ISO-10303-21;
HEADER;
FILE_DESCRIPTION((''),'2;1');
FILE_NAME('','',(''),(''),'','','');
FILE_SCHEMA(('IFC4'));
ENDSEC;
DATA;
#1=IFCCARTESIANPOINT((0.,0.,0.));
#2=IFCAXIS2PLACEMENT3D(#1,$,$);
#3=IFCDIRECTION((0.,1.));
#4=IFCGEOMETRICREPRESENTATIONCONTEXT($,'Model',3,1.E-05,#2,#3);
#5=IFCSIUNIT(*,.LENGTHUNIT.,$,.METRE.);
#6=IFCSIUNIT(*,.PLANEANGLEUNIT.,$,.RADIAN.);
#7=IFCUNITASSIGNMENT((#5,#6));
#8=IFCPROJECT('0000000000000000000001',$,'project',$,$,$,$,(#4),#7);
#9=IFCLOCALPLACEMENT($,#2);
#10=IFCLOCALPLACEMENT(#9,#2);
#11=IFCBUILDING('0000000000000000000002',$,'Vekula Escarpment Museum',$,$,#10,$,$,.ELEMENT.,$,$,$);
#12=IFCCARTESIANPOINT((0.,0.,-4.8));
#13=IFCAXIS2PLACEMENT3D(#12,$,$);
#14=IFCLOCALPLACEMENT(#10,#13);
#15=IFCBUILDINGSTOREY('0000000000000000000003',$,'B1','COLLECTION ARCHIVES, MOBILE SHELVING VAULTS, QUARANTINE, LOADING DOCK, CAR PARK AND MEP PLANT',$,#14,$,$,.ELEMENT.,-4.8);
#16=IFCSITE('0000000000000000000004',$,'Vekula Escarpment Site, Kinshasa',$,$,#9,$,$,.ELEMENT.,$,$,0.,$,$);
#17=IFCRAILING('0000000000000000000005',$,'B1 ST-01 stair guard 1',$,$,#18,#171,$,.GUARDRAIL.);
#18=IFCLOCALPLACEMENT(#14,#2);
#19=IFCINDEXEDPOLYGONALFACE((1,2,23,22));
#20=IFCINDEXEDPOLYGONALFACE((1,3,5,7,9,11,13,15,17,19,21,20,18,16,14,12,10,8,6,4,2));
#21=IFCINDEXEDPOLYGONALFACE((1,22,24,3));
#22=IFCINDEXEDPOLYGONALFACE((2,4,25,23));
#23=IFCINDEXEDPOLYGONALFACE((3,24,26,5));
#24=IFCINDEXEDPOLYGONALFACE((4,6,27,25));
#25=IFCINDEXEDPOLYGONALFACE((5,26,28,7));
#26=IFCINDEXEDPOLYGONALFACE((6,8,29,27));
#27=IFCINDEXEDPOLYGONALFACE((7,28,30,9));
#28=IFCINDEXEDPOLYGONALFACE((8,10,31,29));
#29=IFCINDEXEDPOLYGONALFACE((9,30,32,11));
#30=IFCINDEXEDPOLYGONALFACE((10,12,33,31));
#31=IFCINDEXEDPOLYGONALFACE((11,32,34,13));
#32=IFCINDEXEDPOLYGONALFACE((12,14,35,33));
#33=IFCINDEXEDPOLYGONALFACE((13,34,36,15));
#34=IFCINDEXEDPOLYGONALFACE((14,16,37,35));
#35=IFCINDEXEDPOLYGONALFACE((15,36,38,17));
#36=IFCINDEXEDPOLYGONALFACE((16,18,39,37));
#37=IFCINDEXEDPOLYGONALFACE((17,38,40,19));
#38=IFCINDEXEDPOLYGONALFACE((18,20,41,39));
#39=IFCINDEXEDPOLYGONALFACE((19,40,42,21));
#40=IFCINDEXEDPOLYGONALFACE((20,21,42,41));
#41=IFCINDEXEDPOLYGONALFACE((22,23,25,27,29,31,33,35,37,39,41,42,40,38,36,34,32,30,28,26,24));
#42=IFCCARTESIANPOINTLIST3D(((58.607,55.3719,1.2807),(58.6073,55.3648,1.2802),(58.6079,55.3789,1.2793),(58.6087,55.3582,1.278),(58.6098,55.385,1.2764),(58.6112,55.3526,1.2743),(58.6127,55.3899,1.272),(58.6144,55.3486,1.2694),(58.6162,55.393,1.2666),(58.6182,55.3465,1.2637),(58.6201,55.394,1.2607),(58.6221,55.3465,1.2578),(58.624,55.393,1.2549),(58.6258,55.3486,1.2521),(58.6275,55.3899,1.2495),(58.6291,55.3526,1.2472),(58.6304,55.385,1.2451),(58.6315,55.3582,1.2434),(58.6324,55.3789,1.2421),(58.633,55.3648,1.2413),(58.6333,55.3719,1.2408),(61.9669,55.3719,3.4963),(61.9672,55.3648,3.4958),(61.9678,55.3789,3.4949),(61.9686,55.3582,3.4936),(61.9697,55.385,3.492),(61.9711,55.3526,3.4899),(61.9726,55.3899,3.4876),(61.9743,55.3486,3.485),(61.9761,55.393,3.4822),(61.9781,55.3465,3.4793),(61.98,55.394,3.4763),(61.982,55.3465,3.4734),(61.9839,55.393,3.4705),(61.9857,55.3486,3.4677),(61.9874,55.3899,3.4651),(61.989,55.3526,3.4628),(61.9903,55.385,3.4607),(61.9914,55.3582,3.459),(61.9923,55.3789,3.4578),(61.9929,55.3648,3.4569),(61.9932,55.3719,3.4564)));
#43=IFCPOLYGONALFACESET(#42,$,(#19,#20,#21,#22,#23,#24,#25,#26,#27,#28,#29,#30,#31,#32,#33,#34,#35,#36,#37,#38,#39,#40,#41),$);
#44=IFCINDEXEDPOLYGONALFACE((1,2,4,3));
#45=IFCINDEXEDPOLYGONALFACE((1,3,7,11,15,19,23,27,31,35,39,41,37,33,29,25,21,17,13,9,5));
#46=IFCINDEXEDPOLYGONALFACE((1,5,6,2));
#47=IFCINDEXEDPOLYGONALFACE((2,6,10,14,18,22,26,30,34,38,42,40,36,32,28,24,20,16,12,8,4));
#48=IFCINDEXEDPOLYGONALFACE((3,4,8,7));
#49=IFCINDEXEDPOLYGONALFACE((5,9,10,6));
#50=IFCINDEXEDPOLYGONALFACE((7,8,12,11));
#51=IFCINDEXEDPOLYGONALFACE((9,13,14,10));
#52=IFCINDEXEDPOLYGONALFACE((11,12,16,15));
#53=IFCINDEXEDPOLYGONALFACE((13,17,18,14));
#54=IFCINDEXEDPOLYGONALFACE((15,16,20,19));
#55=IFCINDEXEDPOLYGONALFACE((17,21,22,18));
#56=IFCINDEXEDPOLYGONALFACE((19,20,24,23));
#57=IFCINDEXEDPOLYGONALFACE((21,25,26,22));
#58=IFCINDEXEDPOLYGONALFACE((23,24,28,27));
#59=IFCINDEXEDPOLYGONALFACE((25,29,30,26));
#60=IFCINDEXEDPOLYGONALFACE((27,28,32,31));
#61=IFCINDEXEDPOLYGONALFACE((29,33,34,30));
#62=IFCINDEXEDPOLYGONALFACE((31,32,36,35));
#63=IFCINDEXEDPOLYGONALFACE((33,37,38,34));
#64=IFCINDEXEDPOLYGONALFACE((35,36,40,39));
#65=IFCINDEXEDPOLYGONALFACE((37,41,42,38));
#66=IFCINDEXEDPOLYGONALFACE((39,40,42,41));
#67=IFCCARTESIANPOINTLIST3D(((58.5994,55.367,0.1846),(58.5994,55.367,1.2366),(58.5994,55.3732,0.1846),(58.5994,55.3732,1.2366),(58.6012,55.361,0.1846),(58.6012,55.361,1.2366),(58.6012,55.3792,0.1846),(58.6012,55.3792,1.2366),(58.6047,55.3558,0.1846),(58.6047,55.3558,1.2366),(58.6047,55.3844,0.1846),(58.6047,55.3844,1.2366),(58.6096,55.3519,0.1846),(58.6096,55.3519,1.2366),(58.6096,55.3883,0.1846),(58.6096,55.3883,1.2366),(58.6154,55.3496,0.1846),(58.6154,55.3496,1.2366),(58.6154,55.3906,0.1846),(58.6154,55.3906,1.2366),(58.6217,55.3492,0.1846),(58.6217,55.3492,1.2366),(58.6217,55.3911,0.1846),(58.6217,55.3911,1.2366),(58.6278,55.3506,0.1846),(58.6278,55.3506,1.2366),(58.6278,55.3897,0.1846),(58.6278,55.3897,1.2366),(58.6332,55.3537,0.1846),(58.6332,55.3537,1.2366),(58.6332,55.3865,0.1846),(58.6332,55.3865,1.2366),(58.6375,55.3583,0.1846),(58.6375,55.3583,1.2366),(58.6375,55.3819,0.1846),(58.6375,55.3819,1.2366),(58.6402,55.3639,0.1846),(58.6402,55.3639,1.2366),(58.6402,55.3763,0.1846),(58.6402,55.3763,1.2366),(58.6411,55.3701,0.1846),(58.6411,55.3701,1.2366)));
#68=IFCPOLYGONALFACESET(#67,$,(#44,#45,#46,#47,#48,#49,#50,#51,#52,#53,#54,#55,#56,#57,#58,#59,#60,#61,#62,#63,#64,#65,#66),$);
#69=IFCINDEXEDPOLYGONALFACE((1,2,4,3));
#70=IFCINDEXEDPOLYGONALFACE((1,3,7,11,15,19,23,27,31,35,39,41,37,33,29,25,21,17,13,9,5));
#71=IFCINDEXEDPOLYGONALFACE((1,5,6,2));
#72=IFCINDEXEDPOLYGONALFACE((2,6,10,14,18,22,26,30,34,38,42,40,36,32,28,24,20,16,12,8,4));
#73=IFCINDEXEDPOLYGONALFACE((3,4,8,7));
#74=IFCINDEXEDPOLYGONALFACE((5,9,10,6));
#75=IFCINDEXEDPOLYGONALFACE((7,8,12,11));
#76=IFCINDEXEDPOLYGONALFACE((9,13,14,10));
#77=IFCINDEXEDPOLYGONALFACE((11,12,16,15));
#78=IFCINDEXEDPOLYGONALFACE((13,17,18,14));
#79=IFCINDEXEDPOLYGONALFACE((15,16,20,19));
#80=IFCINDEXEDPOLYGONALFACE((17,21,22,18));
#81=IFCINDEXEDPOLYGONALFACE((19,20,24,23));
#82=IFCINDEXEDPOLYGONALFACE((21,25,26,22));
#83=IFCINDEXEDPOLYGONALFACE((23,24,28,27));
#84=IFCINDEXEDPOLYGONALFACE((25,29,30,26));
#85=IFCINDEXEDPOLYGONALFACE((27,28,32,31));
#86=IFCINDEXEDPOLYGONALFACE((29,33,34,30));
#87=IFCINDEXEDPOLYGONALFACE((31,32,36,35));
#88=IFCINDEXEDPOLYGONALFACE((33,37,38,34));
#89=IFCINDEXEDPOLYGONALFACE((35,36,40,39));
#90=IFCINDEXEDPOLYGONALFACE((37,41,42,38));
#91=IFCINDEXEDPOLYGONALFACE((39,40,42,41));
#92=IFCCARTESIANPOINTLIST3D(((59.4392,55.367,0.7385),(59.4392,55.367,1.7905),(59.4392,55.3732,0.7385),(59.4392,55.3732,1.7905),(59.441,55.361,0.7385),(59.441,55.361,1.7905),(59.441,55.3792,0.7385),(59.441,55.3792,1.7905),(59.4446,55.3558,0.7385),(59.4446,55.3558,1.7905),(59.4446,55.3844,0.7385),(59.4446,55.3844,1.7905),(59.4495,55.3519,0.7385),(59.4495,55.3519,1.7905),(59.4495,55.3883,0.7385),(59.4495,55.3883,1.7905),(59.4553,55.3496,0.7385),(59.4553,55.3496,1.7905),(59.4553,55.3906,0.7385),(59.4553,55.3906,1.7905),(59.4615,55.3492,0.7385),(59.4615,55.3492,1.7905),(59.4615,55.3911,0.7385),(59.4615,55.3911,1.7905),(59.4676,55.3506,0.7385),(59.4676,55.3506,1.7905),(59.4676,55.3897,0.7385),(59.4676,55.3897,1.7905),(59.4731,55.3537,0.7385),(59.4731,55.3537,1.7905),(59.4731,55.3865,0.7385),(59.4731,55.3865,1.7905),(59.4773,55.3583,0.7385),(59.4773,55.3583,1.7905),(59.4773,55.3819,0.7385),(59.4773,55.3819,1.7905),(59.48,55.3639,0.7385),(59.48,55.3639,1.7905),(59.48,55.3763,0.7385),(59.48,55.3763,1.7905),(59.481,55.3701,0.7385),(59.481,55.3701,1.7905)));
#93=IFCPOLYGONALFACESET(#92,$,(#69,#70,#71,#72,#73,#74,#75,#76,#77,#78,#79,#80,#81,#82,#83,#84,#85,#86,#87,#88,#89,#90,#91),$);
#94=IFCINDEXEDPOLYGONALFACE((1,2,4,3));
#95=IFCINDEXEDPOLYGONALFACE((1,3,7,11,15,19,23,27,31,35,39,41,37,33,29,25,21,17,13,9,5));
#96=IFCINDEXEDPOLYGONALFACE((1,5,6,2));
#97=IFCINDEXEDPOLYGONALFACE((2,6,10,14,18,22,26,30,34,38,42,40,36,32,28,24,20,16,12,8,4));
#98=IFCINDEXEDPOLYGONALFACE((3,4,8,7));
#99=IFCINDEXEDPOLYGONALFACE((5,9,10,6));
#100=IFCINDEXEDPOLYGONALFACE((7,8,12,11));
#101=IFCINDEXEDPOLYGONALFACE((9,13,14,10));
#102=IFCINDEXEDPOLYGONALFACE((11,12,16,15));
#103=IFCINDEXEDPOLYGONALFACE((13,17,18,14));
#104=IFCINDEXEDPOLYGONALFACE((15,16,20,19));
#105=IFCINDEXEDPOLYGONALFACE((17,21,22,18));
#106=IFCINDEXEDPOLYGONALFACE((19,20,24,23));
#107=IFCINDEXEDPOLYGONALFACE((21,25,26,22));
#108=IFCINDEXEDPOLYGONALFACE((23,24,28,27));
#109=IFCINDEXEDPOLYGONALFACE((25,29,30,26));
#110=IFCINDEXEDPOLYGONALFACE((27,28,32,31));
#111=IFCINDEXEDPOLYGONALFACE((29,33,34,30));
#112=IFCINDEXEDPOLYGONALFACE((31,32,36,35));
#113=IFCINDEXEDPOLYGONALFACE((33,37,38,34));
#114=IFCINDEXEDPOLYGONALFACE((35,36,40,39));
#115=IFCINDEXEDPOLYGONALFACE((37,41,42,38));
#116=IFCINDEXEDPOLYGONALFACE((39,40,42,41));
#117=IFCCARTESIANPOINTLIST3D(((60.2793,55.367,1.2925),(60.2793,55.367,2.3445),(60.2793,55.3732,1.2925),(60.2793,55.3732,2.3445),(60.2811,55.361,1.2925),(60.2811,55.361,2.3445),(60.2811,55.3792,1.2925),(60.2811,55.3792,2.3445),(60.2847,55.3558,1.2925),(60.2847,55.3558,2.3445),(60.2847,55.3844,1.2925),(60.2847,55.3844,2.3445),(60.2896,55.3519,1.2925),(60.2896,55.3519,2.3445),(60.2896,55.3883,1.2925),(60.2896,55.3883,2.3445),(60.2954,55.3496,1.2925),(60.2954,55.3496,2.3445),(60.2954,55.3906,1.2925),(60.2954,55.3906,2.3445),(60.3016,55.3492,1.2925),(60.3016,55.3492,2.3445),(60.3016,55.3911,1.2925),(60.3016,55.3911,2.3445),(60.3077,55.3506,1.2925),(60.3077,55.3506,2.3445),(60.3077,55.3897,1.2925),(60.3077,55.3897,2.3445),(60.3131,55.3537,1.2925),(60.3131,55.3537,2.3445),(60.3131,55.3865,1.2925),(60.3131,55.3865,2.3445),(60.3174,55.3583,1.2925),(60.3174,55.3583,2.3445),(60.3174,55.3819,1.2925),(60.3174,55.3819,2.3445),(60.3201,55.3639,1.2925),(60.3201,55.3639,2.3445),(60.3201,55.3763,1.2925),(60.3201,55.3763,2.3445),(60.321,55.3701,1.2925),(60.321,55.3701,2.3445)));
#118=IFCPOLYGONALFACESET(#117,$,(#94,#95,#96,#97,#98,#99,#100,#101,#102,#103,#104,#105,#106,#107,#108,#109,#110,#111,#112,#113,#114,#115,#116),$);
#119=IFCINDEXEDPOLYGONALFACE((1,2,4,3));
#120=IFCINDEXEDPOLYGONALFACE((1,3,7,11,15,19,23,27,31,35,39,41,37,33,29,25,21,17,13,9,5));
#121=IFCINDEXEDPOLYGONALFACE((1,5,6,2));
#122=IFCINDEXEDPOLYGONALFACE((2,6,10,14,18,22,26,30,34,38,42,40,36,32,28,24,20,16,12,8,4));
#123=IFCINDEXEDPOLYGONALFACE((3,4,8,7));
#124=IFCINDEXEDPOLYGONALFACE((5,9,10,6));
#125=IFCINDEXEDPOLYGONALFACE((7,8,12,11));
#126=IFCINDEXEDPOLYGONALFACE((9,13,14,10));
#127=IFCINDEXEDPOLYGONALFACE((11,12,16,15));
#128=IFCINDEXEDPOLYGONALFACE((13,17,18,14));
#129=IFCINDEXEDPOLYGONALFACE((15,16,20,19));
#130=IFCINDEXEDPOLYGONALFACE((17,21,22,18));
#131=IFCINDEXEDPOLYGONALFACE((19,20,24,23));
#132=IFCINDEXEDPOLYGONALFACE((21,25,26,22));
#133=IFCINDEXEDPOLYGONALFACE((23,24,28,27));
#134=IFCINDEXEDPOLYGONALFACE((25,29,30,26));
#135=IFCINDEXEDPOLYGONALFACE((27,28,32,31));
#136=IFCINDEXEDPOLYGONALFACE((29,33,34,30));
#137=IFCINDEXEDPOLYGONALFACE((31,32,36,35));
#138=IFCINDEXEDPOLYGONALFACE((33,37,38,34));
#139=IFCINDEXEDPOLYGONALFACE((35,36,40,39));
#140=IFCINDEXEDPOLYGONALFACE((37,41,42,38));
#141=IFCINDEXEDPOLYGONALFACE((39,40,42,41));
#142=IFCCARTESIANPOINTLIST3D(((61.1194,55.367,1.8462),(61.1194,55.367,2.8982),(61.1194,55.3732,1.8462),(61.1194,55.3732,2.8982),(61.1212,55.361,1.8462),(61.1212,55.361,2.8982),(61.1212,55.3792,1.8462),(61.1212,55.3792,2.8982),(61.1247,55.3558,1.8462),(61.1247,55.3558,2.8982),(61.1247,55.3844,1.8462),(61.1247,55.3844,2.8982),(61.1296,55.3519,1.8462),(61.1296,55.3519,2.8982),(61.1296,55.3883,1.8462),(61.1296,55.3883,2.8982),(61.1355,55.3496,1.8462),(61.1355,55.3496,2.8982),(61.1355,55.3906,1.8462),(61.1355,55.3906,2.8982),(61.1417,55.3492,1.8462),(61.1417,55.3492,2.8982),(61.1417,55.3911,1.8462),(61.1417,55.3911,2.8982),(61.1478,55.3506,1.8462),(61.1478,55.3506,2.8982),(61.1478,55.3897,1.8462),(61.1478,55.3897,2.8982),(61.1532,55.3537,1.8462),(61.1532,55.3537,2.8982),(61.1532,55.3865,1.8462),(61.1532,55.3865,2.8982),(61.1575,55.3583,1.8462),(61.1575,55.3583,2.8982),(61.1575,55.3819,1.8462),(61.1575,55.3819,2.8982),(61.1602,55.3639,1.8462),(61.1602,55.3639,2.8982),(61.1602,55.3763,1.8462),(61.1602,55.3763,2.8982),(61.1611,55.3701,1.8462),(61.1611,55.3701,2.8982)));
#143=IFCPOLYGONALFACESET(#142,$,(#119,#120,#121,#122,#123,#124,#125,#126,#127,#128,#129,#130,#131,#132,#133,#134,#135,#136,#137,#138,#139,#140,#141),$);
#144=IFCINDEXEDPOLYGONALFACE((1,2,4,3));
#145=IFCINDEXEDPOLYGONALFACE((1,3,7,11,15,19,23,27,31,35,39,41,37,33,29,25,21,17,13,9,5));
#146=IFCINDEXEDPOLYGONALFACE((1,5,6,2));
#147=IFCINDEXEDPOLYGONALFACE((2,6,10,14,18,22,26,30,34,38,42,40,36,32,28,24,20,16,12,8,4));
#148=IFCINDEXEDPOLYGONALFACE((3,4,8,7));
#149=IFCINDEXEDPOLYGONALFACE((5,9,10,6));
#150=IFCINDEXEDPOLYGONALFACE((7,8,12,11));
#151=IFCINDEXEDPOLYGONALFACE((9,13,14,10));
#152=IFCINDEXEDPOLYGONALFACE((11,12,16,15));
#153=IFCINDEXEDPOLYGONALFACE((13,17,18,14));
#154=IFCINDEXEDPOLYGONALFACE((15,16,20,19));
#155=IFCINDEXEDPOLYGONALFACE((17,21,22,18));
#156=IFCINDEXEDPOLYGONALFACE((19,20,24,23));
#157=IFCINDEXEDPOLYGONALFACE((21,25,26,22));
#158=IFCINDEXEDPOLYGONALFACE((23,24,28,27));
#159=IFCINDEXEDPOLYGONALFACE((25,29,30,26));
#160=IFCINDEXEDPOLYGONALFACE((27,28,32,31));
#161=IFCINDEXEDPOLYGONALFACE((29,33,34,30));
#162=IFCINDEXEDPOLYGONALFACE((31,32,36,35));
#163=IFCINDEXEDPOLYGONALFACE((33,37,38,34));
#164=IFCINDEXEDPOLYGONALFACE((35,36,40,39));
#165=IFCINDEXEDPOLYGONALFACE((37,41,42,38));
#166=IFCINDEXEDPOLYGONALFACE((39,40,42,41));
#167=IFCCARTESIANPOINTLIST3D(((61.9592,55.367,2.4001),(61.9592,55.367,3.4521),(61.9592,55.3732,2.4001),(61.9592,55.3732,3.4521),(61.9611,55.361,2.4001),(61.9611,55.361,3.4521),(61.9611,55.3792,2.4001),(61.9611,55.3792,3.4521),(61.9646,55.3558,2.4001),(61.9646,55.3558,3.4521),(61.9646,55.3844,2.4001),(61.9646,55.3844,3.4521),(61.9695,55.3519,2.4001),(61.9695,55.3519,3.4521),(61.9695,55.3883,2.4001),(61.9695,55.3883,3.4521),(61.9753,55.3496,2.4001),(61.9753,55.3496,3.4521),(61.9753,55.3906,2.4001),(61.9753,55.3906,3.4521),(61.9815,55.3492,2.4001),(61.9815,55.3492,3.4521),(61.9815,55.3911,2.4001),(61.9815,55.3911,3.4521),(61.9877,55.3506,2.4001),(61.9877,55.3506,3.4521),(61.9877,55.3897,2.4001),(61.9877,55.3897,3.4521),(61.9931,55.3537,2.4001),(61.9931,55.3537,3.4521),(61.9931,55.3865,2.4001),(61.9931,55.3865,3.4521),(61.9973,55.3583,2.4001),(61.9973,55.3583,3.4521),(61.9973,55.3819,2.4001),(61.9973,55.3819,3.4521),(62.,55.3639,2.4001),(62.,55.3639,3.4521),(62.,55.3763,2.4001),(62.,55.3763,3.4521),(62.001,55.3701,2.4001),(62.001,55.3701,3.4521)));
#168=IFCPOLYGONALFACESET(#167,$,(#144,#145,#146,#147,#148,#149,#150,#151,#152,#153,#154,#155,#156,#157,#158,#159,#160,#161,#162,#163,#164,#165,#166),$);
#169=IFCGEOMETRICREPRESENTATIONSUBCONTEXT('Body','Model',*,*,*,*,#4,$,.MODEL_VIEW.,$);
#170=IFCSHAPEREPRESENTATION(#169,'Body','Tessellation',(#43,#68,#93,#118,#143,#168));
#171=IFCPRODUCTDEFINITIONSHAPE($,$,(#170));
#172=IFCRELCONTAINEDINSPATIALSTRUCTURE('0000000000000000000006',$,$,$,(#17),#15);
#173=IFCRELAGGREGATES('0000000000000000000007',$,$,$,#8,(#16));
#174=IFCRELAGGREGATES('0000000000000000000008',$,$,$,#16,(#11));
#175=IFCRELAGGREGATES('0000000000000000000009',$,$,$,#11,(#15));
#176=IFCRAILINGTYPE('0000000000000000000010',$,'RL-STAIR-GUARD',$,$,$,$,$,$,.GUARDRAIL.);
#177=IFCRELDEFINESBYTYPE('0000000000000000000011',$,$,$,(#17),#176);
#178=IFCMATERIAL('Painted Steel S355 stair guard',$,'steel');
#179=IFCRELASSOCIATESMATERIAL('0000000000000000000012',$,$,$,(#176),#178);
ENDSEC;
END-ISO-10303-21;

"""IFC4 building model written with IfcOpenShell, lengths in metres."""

from ifc_helpers import new_model, si_unit, direction, frame, origin, origin_2d, place, context, subcontext, project, spatial, circle, extrude, material, type_object, element, save


model = new_model("IFC4")

# Units and contexts
model_context = context("Model", 3, precision=1e-05, world=origin(), true_north=direction((0.0, 1.0)))
body_context = subcontext(model_context, "Body", "Model", "MODEL_VIEW")
ifc_project = project(units=[si_unit("LENGTHUNIT", "METRE"), si_unit("PLANEANGLEUNIT", "RADIAN")], contexts=[model_context])

# Site, building, storey
site_placement = place(None, origin())
site = spatial("IfcSite", under=ifc_project, at=site_placement, Name="Vekula Escarpment Site, Kinshasa", CompositionType="ELEMENT", RefElevation=0.0)
building_placement = place(site_placement, origin())
building = spatial("IfcBuilding", under=site, at=building_placement, Name="Vekula Escarpment Museum", CompositionType="ELEMENT")
storey_placement = place(building_placement, frame((0.0, 0.0, -4.8)))
storey = spatial("IfcBuildingStorey", under=building, at=storey_placement, Name="B1", Description="COLLECTION ARCHIVES, MOBILE SHELVING VAULTS, QUARANTINE, LOADING DOCK, CAR PARK AND MEP PLANT", CompositionType="ELEMENT", Elevation=-4.8)

# Railing
ifc_material_1 = material(Name="Painted Steel S355 stair guard", Category="steel")
railing_type_1 = type_object("IfcRailingType", Name="RL-STAIR-GUARD", PredefinedType="GUARDRAIL", material=ifc_material_1)
railing_1_placement = place(storey_placement, frame((58.6201, 55.3701, 0.1846)))
element("IfcRailing", 1, at=railing_1_placement, inside=storey, type_object=railing_type_1, Name="B1 ST-01 stair guard 1", PredefinedType="GUARDRAIL", context=body_context, shape_type="SweptSolid", body=[
    extrude(circle(Radius=0.0239, at=origin_2d()), frame((0.0, 0.0, 1.0762), z_axis=(0.83483, 0.0, 0.550508), x_axis=(0.0, 1.0, 0.0)), (0.0, 0.0, 1.0), 4.0247),
    extrude(circle(Radius=0.021, at=origin_2d()), origin(), (0.0, 0.0, 1.0), 1.052),
    extrude(circle(Radius=0.021, at=origin_2d()), frame((0.8398, 0.0, 0.554)), (0.0, 0.0, 1.0), 1.052),
    extrude(circle(Radius=0.021, at=origin_2d()), frame((1.6799, 0.0, 1.1079)), (0.0, 0.0, 1.0), 1.052),
    extrude(circle(Radius=0.021, at=origin_2d()), frame((2.52, 0.0, 1.6616)), (0.0, 0.0, 1.0), 1.052),
    extrude(circle(Radius=0.021, at=origin_2d()), frame((3.3599, 0.0, 2.2156)), (0.0, 0.0, 1.0), 1.052),
])

save(model, "model.ifc")
